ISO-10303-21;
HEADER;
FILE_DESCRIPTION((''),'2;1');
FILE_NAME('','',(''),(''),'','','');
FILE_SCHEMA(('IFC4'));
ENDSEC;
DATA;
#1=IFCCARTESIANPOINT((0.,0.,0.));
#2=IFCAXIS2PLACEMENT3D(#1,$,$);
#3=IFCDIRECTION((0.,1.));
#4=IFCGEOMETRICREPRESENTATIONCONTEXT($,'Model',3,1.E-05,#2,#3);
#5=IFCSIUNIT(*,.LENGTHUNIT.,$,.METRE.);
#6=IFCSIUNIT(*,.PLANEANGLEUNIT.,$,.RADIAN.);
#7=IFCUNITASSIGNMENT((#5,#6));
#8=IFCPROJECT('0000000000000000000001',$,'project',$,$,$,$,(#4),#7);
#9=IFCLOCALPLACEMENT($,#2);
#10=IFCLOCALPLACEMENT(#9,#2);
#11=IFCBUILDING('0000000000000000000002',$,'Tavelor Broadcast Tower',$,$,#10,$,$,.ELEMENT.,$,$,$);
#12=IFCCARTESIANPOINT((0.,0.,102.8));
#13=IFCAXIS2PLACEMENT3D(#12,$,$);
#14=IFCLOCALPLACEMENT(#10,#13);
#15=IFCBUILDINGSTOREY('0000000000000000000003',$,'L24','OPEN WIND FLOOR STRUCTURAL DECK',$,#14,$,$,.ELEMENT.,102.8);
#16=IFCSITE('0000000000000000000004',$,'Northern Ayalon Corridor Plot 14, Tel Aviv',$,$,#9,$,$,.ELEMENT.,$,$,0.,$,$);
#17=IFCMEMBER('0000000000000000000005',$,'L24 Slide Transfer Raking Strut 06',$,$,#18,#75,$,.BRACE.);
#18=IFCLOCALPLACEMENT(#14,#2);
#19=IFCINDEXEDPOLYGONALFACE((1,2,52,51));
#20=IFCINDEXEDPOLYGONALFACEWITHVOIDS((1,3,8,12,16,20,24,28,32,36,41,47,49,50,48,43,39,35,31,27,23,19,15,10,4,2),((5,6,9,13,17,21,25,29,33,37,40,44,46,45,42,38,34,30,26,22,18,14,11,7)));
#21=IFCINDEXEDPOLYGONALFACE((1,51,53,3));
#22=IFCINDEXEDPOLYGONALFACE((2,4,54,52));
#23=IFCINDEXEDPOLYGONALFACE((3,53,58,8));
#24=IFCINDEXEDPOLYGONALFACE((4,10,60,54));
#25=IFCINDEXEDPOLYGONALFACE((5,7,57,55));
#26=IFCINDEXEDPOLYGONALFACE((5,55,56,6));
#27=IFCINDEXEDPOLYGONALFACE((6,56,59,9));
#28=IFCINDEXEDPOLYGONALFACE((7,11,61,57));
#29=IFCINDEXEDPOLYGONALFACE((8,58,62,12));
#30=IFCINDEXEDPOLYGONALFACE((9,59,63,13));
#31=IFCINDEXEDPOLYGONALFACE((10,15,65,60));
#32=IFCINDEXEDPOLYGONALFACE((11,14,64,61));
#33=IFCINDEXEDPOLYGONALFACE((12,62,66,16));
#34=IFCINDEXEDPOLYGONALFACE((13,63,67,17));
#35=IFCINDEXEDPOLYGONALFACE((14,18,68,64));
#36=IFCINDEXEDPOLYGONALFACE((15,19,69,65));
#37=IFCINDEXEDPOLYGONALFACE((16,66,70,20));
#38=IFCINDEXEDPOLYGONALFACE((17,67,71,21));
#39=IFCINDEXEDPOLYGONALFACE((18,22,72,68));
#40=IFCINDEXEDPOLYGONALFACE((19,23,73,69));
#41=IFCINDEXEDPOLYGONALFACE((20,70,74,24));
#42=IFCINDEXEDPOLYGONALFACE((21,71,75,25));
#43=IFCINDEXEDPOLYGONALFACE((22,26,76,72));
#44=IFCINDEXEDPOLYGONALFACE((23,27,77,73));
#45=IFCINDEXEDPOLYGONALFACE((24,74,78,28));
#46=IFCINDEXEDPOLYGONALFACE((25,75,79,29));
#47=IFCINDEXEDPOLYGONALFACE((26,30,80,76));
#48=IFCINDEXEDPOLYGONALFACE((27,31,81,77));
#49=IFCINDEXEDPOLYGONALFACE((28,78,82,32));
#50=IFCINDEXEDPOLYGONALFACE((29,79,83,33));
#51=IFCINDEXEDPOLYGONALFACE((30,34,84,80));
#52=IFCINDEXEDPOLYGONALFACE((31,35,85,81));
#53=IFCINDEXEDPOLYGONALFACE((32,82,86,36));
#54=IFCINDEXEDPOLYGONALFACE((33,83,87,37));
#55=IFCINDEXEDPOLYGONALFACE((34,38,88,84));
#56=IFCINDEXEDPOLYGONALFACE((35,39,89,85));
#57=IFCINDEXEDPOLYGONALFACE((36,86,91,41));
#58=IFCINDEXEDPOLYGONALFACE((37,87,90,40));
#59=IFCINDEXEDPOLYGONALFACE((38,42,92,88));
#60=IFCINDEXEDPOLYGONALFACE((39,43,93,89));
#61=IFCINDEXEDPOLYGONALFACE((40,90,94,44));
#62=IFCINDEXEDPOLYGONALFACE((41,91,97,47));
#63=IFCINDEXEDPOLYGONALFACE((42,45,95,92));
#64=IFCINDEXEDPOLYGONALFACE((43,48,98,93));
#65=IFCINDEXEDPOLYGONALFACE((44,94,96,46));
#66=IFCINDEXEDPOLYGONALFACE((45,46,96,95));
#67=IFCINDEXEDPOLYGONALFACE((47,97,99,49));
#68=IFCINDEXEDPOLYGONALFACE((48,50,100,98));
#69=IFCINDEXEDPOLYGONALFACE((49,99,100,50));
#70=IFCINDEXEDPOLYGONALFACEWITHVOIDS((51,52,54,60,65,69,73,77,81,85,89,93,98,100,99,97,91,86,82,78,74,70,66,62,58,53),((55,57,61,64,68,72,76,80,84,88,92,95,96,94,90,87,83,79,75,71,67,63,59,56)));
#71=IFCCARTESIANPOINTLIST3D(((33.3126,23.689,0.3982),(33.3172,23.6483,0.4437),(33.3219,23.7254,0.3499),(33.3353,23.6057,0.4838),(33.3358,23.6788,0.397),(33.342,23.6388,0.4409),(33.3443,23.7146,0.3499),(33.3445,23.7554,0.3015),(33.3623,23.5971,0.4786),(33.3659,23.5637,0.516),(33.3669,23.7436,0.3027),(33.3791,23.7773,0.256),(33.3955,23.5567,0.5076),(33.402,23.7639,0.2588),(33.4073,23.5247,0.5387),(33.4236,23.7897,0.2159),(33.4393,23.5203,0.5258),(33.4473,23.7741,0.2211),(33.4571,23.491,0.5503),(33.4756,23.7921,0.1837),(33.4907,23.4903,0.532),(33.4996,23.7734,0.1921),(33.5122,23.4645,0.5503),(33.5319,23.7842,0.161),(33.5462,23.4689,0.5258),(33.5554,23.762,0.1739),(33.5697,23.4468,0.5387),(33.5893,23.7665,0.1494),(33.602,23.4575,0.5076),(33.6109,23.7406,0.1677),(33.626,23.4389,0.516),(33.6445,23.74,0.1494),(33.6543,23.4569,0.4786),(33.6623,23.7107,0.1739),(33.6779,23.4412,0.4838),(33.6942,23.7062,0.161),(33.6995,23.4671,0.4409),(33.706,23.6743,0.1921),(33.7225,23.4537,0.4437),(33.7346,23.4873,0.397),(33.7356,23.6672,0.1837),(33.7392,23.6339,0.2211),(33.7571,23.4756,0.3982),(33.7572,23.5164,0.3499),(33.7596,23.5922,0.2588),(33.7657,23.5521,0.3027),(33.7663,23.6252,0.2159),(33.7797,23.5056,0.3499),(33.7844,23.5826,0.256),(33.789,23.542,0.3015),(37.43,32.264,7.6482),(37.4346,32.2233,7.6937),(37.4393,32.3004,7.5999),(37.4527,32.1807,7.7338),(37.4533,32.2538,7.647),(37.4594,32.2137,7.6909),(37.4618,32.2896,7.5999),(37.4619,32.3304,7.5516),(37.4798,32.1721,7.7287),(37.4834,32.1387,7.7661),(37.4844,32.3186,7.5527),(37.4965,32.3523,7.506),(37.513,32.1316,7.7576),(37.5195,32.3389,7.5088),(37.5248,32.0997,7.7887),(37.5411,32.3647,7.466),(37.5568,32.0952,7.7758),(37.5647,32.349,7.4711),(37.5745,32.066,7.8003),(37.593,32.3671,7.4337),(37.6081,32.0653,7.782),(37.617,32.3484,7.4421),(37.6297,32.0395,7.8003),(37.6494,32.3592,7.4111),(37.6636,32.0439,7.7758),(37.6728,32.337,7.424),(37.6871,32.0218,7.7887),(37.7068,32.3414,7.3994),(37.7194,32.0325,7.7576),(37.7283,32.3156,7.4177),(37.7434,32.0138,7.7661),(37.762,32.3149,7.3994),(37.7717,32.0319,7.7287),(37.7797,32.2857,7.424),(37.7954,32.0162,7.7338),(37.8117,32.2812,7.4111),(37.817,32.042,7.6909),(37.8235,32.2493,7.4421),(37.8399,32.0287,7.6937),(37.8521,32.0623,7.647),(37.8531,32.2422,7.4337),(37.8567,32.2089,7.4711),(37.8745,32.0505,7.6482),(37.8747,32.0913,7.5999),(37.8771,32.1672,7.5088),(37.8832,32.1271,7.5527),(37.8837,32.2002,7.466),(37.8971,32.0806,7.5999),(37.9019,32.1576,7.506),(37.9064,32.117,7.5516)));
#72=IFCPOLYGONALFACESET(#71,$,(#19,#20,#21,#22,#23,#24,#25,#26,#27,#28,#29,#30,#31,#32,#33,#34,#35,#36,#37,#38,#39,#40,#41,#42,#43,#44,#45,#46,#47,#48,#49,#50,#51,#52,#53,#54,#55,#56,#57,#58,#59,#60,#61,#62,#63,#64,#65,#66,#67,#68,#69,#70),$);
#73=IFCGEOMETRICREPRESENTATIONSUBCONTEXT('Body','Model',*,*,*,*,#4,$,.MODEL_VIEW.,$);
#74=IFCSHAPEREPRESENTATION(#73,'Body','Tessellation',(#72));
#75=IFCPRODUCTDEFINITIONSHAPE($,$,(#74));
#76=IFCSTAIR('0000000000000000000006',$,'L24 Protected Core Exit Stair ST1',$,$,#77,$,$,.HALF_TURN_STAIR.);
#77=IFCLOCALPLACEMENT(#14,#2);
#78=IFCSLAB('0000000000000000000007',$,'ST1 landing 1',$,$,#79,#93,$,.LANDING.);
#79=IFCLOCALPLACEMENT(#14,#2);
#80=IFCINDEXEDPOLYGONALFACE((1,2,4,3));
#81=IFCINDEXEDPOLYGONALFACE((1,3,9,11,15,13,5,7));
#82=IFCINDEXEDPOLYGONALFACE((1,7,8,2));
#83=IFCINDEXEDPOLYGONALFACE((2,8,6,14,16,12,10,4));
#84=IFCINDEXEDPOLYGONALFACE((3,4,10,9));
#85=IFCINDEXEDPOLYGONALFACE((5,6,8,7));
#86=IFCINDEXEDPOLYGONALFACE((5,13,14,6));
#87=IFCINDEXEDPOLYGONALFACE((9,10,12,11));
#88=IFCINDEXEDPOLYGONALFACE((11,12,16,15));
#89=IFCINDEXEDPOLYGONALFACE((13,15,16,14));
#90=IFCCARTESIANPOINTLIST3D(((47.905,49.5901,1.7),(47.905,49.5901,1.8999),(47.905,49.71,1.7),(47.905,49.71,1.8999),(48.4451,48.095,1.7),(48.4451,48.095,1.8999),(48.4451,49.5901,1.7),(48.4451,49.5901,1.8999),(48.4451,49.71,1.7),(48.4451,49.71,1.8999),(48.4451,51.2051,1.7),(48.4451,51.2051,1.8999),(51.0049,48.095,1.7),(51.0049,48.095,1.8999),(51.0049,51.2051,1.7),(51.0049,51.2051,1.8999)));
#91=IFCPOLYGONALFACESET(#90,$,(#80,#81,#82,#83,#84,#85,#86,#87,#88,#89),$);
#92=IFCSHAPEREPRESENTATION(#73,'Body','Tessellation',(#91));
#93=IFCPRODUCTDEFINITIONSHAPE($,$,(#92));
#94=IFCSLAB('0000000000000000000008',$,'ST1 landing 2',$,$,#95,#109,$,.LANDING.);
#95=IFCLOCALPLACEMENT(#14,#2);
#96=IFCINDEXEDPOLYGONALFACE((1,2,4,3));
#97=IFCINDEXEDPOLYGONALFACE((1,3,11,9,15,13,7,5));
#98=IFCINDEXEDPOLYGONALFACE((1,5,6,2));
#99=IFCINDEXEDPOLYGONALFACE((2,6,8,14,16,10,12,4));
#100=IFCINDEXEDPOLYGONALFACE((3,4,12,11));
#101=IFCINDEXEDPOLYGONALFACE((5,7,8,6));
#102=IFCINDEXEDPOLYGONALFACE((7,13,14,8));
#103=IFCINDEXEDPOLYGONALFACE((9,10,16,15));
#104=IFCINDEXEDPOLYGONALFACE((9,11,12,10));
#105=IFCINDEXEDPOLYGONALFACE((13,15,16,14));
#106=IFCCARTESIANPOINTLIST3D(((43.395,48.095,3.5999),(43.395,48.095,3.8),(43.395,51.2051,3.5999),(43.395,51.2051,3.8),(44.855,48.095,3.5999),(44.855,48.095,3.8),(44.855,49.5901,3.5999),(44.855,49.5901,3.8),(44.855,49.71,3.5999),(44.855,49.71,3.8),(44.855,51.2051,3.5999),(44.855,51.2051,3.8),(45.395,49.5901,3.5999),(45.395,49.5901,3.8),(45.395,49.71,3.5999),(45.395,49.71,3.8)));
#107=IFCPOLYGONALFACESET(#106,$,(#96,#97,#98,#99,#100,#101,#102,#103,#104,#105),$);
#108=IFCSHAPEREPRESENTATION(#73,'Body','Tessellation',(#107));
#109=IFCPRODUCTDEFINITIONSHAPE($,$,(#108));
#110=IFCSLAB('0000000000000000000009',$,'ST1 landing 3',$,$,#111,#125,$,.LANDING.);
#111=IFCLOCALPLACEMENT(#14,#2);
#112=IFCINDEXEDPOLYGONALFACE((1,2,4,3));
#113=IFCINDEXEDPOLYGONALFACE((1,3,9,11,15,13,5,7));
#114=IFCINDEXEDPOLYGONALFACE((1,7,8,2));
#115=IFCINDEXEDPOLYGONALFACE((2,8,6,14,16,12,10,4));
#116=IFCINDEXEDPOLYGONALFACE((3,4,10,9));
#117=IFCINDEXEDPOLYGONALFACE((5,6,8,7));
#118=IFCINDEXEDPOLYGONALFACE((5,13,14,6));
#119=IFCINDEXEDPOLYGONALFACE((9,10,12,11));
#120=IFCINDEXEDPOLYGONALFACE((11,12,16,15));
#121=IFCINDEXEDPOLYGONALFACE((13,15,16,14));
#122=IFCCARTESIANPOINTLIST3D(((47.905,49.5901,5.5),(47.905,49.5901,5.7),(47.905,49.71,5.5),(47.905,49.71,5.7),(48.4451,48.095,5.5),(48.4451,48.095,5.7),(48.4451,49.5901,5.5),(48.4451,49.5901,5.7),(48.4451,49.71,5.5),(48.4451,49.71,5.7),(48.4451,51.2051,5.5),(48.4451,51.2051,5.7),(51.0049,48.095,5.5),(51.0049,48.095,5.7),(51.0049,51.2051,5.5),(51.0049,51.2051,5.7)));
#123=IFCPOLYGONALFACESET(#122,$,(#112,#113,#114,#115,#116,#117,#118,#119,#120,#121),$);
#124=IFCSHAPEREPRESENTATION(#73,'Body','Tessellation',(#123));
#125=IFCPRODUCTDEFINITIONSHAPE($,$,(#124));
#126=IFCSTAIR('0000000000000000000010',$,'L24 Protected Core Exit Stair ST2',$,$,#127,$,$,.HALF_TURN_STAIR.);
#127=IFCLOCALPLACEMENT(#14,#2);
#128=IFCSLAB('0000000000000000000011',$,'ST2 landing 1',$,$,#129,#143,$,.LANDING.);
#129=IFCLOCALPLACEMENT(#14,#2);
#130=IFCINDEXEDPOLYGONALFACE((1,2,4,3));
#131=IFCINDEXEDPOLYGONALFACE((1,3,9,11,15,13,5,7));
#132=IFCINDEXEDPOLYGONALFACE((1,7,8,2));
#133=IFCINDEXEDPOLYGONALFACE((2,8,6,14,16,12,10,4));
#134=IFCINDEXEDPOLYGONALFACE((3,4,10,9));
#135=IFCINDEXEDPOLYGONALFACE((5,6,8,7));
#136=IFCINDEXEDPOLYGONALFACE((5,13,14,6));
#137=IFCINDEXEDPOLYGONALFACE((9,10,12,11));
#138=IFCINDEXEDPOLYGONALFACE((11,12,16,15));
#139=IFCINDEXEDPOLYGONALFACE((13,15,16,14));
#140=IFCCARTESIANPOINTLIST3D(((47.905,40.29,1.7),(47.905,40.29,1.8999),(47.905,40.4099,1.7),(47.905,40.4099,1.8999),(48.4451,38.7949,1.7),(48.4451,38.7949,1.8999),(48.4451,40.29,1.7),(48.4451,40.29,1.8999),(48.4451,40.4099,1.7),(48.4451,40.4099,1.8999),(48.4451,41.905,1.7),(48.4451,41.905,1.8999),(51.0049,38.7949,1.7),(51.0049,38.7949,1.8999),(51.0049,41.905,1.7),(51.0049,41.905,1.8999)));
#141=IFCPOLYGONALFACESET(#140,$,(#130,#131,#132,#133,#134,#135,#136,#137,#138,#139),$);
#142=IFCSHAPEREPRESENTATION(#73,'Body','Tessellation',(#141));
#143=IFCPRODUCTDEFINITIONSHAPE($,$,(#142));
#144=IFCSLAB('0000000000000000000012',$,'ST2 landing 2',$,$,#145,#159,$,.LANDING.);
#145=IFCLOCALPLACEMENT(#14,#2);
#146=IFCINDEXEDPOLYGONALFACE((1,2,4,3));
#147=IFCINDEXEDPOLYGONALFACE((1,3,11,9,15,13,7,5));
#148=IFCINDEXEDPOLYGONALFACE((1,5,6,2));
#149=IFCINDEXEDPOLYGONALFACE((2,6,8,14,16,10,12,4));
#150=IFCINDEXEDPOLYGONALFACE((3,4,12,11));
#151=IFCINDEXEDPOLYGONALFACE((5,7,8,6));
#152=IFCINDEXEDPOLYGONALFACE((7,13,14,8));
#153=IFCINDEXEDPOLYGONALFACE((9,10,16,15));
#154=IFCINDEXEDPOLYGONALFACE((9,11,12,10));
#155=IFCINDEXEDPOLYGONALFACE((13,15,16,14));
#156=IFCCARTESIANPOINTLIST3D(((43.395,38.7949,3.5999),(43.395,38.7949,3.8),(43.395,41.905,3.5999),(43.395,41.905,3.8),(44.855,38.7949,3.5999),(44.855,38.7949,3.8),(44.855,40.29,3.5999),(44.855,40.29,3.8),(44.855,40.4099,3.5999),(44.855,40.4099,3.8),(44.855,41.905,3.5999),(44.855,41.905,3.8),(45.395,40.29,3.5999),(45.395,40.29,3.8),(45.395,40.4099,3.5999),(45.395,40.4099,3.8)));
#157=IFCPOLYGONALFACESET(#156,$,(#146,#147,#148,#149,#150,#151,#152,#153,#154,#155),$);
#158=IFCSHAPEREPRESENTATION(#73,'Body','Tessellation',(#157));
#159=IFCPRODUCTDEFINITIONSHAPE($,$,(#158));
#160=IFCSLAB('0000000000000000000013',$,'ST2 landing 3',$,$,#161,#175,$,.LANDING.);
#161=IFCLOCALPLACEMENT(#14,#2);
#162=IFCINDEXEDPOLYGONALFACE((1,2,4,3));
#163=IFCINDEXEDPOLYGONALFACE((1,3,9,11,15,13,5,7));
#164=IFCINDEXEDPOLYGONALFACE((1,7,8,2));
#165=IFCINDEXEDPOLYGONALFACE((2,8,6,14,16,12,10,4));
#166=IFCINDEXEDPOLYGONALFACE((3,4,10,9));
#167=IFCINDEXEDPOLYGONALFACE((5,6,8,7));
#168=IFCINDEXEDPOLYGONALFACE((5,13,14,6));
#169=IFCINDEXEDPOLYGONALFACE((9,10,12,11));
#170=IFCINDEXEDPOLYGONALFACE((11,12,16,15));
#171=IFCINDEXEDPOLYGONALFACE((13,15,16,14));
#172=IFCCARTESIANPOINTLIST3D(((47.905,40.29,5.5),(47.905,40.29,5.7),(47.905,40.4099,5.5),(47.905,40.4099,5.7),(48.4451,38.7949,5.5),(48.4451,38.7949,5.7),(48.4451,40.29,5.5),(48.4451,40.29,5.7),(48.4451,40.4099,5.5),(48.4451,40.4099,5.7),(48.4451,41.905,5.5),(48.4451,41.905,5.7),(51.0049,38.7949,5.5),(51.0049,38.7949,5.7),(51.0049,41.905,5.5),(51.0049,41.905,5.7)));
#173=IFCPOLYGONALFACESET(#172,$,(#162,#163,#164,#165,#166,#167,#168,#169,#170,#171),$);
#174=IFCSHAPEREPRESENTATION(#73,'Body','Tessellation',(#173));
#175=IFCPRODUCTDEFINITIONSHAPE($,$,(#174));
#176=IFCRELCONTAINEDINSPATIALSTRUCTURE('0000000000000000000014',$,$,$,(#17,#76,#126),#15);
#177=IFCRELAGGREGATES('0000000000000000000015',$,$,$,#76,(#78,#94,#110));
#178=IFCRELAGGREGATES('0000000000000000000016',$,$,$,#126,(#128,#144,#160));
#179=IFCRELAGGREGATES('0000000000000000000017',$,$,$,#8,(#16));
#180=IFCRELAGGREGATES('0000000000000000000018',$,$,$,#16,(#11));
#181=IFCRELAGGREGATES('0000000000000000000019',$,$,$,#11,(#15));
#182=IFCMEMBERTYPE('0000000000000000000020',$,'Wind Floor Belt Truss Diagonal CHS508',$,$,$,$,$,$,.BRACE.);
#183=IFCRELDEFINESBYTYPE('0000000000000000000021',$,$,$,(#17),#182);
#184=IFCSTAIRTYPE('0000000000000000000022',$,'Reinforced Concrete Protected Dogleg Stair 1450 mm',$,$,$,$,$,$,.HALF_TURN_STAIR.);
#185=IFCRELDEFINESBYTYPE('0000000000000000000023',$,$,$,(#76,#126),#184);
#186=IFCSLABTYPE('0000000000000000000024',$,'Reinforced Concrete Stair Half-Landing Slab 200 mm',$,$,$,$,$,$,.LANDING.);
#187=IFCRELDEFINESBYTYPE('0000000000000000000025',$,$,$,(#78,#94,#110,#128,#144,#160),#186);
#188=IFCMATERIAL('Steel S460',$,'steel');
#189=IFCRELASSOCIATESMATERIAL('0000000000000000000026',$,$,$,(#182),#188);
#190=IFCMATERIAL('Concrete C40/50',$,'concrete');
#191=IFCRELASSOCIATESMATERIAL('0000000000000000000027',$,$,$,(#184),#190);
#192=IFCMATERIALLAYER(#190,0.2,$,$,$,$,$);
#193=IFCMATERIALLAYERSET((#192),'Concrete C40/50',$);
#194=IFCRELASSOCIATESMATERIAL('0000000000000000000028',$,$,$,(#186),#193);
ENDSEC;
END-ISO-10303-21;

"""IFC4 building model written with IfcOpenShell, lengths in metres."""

from ifc_helpers import new_model, si_unit, direction, frame, origin, origin_2d, place, context, subcontext, project, spatial, polyline, hollow_circle, outline, extrude, material, layer, layer_set, material_profile, profile_set, type_object, element, aggregate, save


model = new_model("IFC4")

# Units and contexts
model_context = context("Model", 3, precision=1e-05, world=origin(), true_north=direction((0.0, 1.0)))
body_context = subcontext(model_context, "Body", "Model", "MODEL_VIEW")
ifc_project = project(units=[si_unit("LENGTHUNIT", "METRE"), si_unit("PLANEANGLEUNIT", "RADIAN")], contexts=[model_context])

# Site, building, storey
site_placement = place(None, origin())
site = spatial("IfcSite", under=ifc_project, at=site_placement, Name="Northern Ayalon Corridor Plot 14, Tel Aviv", CompositionType="ELEMENT", RefElevation=0.0)
building_placement = place(site_placement, origin())
building = spatial("IfcBuilding", under=site, at=building_placement, Name="Tavelor Broadcast Tower", CompositionType="ELEMENT")
storey_placement = place(building_placement, frame((0.0, 0.0, 102.8)))
storey = spatial("IfcBuildingStorey", under=building, at=storey_placement, Name="L24", Description="OPEN WIND FLOOR STRUCTURAL DECK", CompositionType="ELEMENT", Elevation=102.8)

# Shared definitions
ifc_material_1 = material(Name="Steel S460", Category="steel")

# Member
ifc_material_profile_1 = material_profile(ifc_material_1, hollow_circle(Radius=0.2539, WallThickness=0.0249, at=origin_2d()), Name="CHS 508x25")
ifc_profile_set_1 = profile_set([ifc_material_profile_1], Name="Steel S460")
member_type_1 = type_object("IfcMemberType", Name="Wind Floor Belt Truss Diagonal CHS508", PredefinedType="BRACE", material=ifc_profile_set_1)
member_1_placement = place(storey_placement, frame((33.5508, 23.6155, 0.3499), z_axis=(0.344262, 0.716959, 0.606179), x_axis=(-0.901463, 0.432855, 0.0)))
element("IfcMember", 1, at=member_1_placement, inside=storey, type_object=member_type_1, Name="L24 Slide Transfer Raking Strut 06", PredefinedType="BRACE", context=body_context, shape_type="SweptSolid", body=[
    extrude(hollow_circle(Radius=0.2539, WallThickness=0.0249, at=origin_2d()), origin(), (0.0, 0.0, 1.0), 11.9602),
])

# Stairs, slabs
ifc_material_2 = material(Name="Concrete C40/50", Category="concrete")
stair_type = type_object("IfcStairType", Name="Reinforced Concrete Protected Dogleg Stair 1450 mm", PredefinedType="HALF_TURN_STAIR", material=ifc_material_2)
stair_1_placement = place(storey_placement, origin())
stair_1 = element("IfcStair", 2, at=stair_1_placement, inside=storey, type_object=stair_type, Name="L24 Protected Core Exit Stair ST1", PredefinedType="HALF_TURN_STAIR")
ifc_layer_1 = layer(ifc_material_2, 0.2)
ifc_layer_set_1 = layer_set([ifc_layer_1], Name="Concrete C40/50")
slab_type_1 = type_object("IfcSlabType", Name="Reinforced Concrete Stair Half-Landing Slab 200 mm", PredefinedType="LANDING", material=ifc_layer_set_1)
slab_1_placement = place(storey_placement, frame((0.0, 0.0, 1.7)))
slab_1 = element("IfcSlab", 3, at=slab_1_placement, type_object=slab_type_1, Name="ST1 landing 1", PredefinedType="LANDING", context=body_context, shape_type="SweptSolid", body=[
    extrude(outline(polyline([(48.4451, 49.5901), (48.4451, 48.095), (51.0049, 48.095), (51.0049, 51.2051), (48.4451, 51.2051), (48.4451, 49.71), (47.905, 49.71), (47.905, 49.5901), (48.4451, 49.5901)])), origin(), (0.0, 0.0, 1.0), 0.2),
])
slab_2_placement = place(storey_placement, frame((0.0, 0.0, 3.5999)))
slab_2 = element("IfcSlab", 4, at=slab_2_placement, type_object=slab_type_1, Name="ST1 landing 2", PredefinedType="LANDING", context=body_context, shape_type="SweptSolid", body=[
    extrude(outline(polyline([(43.395, 48.095), (44.855, 48.095), (44.855, 49.5901), (45.395, 49.5901), (45.395, 49.71), (44.855, 49.71), (44.855, 51.2051), (43.395, 51.2051), (43.395, 48.095)])), origin(), (0.0, 0.0, 1.0), 0.2002),
])
slab_3_placement = place(storey_placement, frame((0.0, 0.0, 5.5)))
slab_3 = element("IfcSlab", 5, at=slab_3_placement, type_object=slab_type_1, Name="ST1 landing 3", PredefinedType="LANDING", context=body_context, shape_type="SweptSolid", body=[
    extrude(outline(polyline([(48.4451, 49.5901), (48.4451, 48.095), (51.0049, 48.095), (51.0049, 51.2051), (48.4451, 51.2051), (48.4451, 49.71), (47.905, 49.71), (47.905, 49.5901), (48.4451, 49.5901)])), origin(), (0.0, 0.0, 1.0), 0.2),
])
aggregate(stair_1, [slab_1, slab_2, slab_3])
stair_2_placement = place(storey_placement, origin())
stair_2 = element("IfcStair", 6, at=stair_2_placement, inside=storey, type_object=stair_type, Name="L24 Protected Core Exit Stair ST2", PredefinedType="HALF_TURN_STAIR")
slab_4_placement = place(storey_placement, frame((0.0, 0.0, 1.7)))
slab_4 = element("IfcSlab", 7, at=slab_4_placement, type_object=slab_type_1, Name="ST2 landing 1", PredefinedType="LANDING", context=body_context, shape_type="SweptSolid", body=[
    extrude(outline(polyline([(48.4451, 40.29), (48.4451, 38.7949), (51.0049, 38.7949), (51.0049, 41.905), (48.4451, 41.905), (48.4451, 40.4099), (47.905, 40.4099), (47.905, 40.29), (48.4451, 40.29)])), origin(), (0.0, 0.0, 1.0), 0.2),
])
slab_5_placement = place(storey_placement, frame((0.0, 0.0, 3.5999)))
slab_5 = element("IfcSlab", 8, at=slab_5_placement, type_object=slab_type_1, Name="ST2 landing 2", PredefinedType="LANDING", context=body_context, shape_type="SweptSolid", body=[
    extrude(outline(polyline([(43.395, 38.7949), (44.855, 38.7949), (44.855, 40.29), (45.395, 40.29), (45.395, 40.4099), (44.855, 40.4099), (44.855, 41.905), (43.395, 41.905), (43.395, 38.7949)])), origin(), (0.0, 0.0, 1.0), 0.2002),
])
slab_6_placement = place(storey_placement, frame((0.0, 0.0, 5.5)))
slab_6 = element("IfcSlab", 9, at=slab_6_placement, type_object=slab_type_1, Name="ST2 landing 3", PredefinedType="LANDING", context=body_context, shape_type="SweptSolid", body=[
    extrude(outline(polyline([(48.4451, 40.29), (48.4451, 38.7949), (51.0049, 38.7949), (51.0049, 41.905), (48.4451, 41.905), (48.4451, 40.4099), (47.905, 40.4099), (47.905, 40.29), (48.4451, 40.29)])), origin(), (0.0, 0.0, 1.0), 0.2),
])
aggregate(stair_2, [slab_4, slab_5, slab_6])

save(model, "model.ifc")
